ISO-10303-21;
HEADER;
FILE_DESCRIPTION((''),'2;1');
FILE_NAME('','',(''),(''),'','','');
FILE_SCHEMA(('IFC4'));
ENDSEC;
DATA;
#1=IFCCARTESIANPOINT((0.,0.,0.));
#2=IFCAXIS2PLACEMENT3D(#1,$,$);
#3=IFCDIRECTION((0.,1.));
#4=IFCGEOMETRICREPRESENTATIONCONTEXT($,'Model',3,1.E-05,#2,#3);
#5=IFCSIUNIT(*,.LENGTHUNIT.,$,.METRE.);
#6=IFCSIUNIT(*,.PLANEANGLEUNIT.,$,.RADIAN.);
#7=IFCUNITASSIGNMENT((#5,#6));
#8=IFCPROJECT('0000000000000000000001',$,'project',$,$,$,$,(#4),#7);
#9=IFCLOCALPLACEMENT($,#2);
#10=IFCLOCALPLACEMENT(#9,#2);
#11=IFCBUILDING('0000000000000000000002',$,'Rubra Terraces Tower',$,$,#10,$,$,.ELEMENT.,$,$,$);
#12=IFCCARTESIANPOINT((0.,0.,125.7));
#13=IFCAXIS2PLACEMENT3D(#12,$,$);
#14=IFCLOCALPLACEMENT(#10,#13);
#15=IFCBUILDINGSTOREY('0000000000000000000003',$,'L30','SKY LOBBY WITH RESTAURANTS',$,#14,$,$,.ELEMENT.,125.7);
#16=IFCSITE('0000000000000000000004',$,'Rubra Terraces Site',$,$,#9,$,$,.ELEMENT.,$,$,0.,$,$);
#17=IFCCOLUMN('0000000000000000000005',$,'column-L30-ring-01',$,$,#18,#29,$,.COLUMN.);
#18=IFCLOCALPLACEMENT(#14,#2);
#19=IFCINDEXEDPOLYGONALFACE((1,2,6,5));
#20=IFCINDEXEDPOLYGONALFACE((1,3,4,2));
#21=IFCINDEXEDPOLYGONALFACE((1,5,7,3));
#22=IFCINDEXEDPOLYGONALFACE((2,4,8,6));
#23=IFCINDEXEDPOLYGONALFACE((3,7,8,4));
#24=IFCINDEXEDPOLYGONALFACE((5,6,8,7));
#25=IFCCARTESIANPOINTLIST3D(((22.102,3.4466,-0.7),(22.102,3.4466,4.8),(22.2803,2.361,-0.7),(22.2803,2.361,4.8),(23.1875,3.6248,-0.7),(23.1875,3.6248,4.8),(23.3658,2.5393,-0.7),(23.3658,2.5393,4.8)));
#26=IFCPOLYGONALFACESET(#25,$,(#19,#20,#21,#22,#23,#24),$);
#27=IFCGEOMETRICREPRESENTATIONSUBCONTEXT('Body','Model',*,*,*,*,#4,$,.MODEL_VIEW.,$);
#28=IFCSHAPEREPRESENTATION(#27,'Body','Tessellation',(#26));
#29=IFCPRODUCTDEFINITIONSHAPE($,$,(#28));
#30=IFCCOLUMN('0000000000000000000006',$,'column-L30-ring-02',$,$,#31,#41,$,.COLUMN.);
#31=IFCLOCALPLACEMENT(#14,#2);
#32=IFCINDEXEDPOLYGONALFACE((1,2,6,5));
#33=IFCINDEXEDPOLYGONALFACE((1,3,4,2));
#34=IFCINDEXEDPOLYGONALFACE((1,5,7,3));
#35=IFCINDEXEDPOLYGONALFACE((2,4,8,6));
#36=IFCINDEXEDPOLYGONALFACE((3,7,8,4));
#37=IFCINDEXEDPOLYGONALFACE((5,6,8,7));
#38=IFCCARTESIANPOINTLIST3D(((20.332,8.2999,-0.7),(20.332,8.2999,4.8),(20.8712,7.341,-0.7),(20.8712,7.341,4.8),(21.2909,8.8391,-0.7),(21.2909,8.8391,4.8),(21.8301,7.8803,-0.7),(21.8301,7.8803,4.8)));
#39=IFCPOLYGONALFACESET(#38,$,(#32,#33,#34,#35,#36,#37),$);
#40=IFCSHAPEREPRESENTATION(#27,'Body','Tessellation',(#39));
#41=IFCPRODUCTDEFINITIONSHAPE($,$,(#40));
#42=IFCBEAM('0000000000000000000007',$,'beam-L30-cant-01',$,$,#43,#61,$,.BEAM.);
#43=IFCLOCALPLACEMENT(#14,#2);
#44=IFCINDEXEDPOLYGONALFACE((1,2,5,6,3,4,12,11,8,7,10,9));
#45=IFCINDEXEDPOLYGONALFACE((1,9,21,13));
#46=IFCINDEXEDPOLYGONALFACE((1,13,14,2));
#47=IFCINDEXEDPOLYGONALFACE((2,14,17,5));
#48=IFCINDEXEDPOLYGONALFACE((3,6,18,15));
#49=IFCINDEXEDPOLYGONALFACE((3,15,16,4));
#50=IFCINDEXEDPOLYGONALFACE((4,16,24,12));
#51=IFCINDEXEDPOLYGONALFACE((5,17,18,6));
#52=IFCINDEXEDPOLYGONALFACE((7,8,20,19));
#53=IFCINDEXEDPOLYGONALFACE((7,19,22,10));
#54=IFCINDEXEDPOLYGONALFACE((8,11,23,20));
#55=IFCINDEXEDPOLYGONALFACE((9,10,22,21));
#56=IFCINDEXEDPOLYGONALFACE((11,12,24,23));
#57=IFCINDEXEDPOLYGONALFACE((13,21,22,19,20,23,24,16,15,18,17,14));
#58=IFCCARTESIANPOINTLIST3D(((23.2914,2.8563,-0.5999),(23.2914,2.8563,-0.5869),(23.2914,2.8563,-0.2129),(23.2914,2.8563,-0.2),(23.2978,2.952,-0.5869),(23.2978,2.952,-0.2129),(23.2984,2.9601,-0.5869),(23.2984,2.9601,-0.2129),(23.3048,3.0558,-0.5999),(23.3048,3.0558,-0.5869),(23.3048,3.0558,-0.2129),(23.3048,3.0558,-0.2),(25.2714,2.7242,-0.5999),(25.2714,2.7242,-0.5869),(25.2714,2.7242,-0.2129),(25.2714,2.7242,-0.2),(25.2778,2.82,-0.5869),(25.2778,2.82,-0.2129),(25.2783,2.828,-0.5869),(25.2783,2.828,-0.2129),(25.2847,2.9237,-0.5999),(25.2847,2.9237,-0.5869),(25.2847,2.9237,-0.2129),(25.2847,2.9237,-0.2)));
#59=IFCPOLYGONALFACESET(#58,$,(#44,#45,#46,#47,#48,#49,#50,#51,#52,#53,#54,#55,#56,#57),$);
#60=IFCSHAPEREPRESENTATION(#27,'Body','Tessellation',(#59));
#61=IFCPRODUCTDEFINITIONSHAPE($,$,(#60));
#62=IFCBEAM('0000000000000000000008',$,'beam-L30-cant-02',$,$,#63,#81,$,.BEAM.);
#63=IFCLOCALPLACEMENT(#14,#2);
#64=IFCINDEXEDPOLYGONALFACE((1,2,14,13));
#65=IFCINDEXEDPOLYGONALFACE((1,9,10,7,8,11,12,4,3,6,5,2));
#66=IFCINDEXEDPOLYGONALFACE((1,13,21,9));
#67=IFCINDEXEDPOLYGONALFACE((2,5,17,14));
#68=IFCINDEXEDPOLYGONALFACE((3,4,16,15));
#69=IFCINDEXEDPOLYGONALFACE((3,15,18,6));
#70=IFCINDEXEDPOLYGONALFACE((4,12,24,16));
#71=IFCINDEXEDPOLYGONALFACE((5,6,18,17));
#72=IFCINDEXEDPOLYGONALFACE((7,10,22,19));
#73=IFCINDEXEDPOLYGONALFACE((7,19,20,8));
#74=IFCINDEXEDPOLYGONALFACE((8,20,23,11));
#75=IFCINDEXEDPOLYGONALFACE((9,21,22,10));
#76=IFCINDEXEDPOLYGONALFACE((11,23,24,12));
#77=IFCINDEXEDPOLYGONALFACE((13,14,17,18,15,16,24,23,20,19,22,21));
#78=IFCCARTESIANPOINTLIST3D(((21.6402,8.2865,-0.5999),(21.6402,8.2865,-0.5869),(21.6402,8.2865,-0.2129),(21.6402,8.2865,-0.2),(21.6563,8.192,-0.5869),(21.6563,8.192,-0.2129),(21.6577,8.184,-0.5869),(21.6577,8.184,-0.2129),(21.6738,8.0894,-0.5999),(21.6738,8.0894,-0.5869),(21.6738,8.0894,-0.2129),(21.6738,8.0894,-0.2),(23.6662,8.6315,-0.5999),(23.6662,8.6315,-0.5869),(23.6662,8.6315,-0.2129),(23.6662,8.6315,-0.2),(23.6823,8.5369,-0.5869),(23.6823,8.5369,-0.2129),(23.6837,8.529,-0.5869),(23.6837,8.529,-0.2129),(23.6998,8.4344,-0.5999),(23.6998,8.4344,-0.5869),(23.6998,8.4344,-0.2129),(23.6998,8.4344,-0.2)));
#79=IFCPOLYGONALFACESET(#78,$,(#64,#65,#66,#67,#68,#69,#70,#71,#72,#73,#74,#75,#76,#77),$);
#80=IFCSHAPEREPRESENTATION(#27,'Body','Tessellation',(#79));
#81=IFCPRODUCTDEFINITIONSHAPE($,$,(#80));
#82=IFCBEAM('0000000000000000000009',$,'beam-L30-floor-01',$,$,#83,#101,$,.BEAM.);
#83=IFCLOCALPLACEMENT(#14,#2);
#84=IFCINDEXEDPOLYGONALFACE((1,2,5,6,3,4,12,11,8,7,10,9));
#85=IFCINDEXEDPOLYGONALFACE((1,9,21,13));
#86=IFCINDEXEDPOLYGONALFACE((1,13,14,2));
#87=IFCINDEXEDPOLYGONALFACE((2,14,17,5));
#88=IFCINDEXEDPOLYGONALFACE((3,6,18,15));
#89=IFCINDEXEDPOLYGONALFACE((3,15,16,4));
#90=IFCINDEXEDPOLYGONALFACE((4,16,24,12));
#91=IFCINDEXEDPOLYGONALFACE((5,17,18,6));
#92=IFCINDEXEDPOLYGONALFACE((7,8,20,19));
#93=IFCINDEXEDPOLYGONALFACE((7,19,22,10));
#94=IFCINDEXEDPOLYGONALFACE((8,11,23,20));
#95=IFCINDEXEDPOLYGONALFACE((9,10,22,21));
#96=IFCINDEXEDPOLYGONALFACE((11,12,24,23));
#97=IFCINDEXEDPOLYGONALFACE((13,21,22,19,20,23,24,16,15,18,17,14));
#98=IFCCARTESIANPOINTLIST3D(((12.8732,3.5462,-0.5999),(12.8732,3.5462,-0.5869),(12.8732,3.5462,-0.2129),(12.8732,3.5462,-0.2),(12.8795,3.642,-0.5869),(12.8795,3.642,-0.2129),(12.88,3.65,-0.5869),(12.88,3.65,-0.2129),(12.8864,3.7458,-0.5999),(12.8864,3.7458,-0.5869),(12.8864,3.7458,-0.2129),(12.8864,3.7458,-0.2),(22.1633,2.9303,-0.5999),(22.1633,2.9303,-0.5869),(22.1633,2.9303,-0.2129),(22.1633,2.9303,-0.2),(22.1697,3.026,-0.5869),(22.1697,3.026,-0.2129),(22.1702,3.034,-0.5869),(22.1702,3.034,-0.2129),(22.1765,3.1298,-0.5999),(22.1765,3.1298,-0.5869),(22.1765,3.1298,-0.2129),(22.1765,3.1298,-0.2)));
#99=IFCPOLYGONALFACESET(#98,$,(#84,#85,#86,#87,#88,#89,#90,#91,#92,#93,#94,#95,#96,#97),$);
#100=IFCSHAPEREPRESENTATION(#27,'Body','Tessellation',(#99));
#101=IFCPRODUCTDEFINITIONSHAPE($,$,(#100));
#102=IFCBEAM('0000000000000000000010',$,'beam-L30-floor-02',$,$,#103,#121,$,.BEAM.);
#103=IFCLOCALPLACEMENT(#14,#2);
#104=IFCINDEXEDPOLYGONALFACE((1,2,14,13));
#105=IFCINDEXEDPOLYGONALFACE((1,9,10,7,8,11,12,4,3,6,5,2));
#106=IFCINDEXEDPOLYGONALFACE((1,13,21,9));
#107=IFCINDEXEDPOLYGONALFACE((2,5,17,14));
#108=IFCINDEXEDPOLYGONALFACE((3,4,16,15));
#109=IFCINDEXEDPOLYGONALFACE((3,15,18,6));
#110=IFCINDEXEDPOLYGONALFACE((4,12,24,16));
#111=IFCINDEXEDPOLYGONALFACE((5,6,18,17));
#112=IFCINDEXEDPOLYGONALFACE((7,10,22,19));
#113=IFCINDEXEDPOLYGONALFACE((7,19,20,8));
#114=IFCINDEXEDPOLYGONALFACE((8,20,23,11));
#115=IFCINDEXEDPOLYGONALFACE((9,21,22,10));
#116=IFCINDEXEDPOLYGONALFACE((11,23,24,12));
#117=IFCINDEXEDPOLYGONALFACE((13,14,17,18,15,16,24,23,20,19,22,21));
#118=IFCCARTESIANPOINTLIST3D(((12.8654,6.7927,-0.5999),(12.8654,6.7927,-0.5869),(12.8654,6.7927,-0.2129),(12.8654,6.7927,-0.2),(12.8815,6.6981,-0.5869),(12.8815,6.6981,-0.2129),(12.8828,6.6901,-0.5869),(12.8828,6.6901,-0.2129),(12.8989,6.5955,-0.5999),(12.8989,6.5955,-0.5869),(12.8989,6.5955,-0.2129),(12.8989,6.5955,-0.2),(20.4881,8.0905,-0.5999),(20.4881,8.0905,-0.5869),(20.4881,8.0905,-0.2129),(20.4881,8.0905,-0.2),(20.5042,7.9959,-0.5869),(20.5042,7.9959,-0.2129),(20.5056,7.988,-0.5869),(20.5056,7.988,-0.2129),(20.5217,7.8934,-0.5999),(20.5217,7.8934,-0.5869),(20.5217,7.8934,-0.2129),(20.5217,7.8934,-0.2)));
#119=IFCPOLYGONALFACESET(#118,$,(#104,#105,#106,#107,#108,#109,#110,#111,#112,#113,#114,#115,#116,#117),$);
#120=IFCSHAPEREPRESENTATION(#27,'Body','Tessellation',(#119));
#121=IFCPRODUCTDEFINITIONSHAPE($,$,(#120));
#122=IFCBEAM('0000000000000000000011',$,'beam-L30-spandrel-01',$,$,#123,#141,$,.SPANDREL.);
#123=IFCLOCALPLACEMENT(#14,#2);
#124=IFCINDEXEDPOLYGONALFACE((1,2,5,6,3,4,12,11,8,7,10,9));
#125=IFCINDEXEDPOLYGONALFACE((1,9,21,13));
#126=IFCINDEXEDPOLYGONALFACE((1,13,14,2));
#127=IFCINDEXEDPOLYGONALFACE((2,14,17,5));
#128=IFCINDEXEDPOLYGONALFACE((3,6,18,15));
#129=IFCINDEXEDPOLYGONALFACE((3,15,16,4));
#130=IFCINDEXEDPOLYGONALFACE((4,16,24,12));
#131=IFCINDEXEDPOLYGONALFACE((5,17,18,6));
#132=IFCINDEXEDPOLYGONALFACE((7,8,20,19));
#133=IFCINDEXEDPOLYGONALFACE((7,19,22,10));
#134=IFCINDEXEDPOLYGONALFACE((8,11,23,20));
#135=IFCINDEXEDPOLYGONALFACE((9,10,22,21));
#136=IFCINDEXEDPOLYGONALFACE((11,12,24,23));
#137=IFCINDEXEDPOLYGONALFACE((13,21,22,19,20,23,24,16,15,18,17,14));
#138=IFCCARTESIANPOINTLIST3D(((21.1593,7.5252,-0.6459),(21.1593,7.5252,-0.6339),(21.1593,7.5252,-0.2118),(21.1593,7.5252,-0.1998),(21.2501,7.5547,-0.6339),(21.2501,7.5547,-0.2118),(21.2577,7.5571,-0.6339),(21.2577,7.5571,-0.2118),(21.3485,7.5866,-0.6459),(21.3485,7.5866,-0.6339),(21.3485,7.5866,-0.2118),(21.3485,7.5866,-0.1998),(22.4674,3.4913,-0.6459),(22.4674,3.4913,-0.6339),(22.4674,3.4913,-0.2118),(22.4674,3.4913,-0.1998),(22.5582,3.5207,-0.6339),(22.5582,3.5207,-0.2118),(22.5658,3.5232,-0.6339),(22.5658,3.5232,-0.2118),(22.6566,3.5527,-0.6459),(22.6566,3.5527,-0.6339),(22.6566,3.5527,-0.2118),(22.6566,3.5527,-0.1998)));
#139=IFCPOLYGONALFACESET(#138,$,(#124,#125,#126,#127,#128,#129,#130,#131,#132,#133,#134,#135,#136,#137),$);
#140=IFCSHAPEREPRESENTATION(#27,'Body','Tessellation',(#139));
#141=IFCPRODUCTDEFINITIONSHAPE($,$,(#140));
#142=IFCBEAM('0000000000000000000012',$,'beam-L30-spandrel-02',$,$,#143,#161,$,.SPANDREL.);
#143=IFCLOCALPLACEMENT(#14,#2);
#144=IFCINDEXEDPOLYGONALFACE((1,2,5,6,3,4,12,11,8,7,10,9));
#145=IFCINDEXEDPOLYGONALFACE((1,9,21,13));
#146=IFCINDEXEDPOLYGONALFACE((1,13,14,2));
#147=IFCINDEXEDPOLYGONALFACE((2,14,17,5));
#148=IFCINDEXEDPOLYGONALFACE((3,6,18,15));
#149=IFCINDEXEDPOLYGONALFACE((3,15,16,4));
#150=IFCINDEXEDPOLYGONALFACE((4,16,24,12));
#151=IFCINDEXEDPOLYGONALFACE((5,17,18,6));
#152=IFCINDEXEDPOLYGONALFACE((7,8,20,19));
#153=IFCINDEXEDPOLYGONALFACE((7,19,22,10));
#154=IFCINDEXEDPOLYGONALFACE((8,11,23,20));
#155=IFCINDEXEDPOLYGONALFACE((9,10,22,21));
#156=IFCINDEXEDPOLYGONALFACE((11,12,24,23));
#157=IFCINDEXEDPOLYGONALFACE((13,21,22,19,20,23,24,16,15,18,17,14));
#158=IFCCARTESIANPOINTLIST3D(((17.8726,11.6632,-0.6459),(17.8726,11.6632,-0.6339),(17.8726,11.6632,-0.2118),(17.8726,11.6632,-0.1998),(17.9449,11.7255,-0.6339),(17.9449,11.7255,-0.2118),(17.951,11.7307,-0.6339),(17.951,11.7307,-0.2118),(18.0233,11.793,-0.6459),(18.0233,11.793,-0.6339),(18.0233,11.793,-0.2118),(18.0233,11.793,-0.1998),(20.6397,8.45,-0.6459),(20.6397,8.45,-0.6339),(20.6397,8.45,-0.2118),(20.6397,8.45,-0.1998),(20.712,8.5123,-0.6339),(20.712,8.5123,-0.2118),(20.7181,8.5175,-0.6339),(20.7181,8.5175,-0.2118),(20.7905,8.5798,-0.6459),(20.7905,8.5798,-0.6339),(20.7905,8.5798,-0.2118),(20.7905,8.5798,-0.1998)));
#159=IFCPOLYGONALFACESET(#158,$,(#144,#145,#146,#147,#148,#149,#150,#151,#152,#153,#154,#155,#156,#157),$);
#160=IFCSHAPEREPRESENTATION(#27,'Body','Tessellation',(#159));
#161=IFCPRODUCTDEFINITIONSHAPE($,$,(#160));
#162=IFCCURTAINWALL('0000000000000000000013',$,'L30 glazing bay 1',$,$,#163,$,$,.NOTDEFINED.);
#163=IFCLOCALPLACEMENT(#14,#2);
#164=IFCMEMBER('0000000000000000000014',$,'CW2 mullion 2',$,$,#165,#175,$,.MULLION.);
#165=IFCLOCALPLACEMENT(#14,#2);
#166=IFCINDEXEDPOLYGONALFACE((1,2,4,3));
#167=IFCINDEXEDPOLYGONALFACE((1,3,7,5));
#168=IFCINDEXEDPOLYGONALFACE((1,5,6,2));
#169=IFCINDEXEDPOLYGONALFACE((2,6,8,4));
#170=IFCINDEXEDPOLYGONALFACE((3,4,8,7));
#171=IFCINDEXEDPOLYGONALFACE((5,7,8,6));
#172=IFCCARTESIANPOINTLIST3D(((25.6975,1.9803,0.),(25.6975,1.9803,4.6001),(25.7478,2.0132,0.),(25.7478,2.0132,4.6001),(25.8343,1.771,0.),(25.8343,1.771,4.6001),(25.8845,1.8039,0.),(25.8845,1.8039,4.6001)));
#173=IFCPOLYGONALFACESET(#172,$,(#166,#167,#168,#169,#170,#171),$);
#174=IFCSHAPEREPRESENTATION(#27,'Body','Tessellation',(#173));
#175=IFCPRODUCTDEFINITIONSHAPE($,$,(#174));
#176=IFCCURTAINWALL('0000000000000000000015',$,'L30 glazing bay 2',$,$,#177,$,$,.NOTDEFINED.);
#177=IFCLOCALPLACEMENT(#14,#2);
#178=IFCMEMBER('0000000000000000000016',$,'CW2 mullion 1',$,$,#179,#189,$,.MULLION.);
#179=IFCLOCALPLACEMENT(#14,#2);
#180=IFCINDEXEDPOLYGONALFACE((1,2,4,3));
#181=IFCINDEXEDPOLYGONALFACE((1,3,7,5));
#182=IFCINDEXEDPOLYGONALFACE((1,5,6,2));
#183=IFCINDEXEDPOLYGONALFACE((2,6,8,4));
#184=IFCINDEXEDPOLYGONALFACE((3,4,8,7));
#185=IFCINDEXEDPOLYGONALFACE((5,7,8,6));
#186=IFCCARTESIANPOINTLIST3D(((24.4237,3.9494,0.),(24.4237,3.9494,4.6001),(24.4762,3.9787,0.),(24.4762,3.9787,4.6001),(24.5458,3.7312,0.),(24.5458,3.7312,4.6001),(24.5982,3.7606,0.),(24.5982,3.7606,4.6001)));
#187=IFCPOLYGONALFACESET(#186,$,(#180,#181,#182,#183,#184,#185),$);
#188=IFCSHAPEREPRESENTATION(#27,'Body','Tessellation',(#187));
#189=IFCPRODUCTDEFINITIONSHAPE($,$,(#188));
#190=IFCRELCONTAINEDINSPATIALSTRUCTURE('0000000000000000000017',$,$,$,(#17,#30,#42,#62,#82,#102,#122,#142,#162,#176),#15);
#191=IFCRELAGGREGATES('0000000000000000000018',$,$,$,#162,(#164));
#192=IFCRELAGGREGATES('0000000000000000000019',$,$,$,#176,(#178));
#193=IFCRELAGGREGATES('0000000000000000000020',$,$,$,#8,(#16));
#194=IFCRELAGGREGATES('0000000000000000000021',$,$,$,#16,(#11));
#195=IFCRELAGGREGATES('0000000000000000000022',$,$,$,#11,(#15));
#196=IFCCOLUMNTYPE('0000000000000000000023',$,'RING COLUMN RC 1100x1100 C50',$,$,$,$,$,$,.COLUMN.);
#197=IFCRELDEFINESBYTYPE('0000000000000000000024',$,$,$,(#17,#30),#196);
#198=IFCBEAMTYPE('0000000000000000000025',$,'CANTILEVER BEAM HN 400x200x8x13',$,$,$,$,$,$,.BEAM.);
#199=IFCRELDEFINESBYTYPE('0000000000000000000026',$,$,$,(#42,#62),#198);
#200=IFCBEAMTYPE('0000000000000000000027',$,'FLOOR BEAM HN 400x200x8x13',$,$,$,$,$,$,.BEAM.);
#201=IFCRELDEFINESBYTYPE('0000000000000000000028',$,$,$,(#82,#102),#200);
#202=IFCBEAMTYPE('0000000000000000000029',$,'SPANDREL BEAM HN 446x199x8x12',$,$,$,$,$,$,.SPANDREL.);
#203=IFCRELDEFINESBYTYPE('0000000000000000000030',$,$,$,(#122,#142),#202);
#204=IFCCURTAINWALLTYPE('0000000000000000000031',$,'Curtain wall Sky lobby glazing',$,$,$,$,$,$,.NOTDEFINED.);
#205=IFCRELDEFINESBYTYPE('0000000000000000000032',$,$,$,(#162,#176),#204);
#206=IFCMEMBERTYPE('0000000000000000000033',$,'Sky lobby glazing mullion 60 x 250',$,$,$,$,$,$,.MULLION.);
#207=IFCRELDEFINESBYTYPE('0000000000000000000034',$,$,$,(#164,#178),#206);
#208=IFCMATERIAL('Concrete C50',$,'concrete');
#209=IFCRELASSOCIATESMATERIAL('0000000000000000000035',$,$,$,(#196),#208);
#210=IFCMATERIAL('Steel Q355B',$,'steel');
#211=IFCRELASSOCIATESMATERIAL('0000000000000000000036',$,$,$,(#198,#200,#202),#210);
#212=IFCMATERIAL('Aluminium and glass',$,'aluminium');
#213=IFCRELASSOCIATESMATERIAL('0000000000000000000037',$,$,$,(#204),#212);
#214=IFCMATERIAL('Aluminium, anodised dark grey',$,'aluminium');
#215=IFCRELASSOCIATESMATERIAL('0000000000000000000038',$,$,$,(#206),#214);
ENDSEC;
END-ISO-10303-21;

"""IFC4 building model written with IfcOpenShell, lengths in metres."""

from ifc_helpers import new_model, si_unit, direction, frame, origin, origin_2d, place, context, subcontext, project, spatial, rectangle, i_section, extrude, material, material_profile, profile_set, type_object, element, aggregate, save


model = new_model("IFC4")

# Units and contexts
model_context = context("Model", 3, precision=1e-05, world=origin(), true_north=direction((0.0, 1.0)))
body_context = subcontext(model_context, "Body", "Model", "MODEL_VIEW")
ifc_project = project(units=[si_unit("LENGTHUNIT", "METRE"), si_unit("PLANEANGLEUNIT", "RADIAN")], contexts=[model_context])

# Site, building, storey
site_placement = place(None, origin())
site = spatial("IfcSite", under=ifc_project, at=site_placement, Name="Rubra Terraces Site", CompositionType="ELEMENT", RefElevation=0.0)
building_placement = place(site_placement, origin())
building = spatial("IfcBuilding", under=site, at=building_placement, Name="Rubra Terraces Tower", CompositionType="ELEMENT")
storey_placement = place(building_placement, frame((0.0, 0.0, 125.7)))
storey = spatial("IfcBuildingStorey", under=building, at=storey_placement, Name="L30", Description="SKY LOBBY WITH RESTAURANTS", CompositionType="ELEMENT", Elevation=125.7)

# Columns
ifc_material_1 = material(Name="Concrete C50", Category="concrete")
ifc_material_profile_1 = material_profile(ifc_material_1, rectangle(XDim=1.1001, YDim=1.1001, at=origin_2d()), Name="RC 1100x1100")
ifc_profile_set_1 = profile_set([ifc_material_profile_1], Name="Concrete C50")
column_type = type_object("IfcColumnType", Name="RING COLUMN RC 1100x1100 C50", PredefinedType="COLUMN", material=ifc_profile_set_1)
for number, where, z_axis, x_axis, name in (
    (1, (22.7339, 2.9929, -0.7), (0.0, 0.0, 1.0), (-0.162062, 0.986781, 0.0), "column-L30-ring-01"),
    (2, (21.0811, 8.0901, -0.7), (0.0, 0.0, 1.0), (-0.490162, 0.871631, 0.0), "column-L30-ring-02"),
):
    element("IfcColumn", number, at=place(storey_placement, frame(where, z_axis=z_axis, x_axis=x_axis)), inside=storey, type_object=column_type, Name=name, PredefinedType="COLUMN", context=body_context, shape_type="SweptSolid", body=[
        extrude(rectangle(XDim=1.1001, YDim=1.1001, at=origin_2d()), origin(), (0.0, 0.0, 1.0), 5.5),
    ])

# Beams
ifc_material_2 = material(Name="Steel Q355B", Category="steel")
ifc_material_profile_2 = material_profile(ifc_material_2, i_section(OverallWidth=0.2, OverallDepth=0.3999, WebThickness=0.0081, FlangeThickness=0.0129, at=origin_2d()), Name="HN 400x200x8x13")
ifc_profile_set_2 = profile_set([ifc_material_profile_2], Name="Steel Q355B")
beam_type_1 = type_object("IfcBeamType", Name="CANTILEVER BEAM HN 400x200x8x13", PredefinedType="BEAM", material=ifc_profile_set_2)
beam_1_placement = place(storey_placement, frame((23.2981, 2.9561, -0.3999), z_axis=(0.997782, -0.06656, 0.0), x_axis=(0.06656, 0.997782, 0.0)))
element("IfcBeam", 3, at=beam_1_placement, inside=storey, type_object=beam_type_1, Name="beam-L30-cant-01", PredefinedType="BEAM", context=body_context, shape_type="SweptSolid", body=[
    extrude(i_section(OverallWidth=0.2, OverallDepth=0.3999, WebThickness=0.0081, FlangeThickness=0.0129, at=origin_2d()), origin(), (0.0, 0.0, 1.0), 1.9844),
])
beam_2_placement = place(storey_placement, frame((21.657, 8.188, -0.3999), z_axis=(0.985813, 0.167846, 0.0), x_axis=(-0.167846, 0.985813, 0.0)))
element("IfcBeam", 4, at=beam_2_placement, inside=storey, type_object=beam_type_1, Name="beam-L30-cant-02", PredefinedType="BEAM", context=body_context, shape_type="SweptSolid", body=[
    extrude(i_section(OverallWidth=0.2, OverallDepth=0.3999, WebThickness=0.0081, FlangeThickness=0.0129, at=origin_2d()), origin(), (0.0, 0.0, 1.0), 2.0552),
])
ifc_material_profile_3 = material_profile(ifc_material_2, i_section(OverallWidth=0.2, OverallDepth=0.3999, WebThickness=0.0081, FlangeThickness=0.0129, at=origin_2d()), Name="HN 400x200x8x13")
ifc_profile_set_3 = profile_set([ifc_material_profile_3], Name="Steel Q355B")
beam_type_2 = type_object("IfcBeamType", Name="FLOOR BEAM HN 400x200x8x13", PredefinedType="BEAM", material=ifc_profile_set_3)
beam_3_placement = place(storey_placement, frame((22.1699, 3.03, -0.3999), z_axis=(-0.997809, 0.066159, 0.0), x_axis=(-0.066159, -0.997809, 0.0)))
element("IfcBeam", 5, at=beam_3_placement, inside=storey, type_object=beam_type_2, Name="beam-L30-floor-01", PredefinedType="BEAM", context=body_context, shape_type="SweptSolid", body=[
    extrude(i_section(OverallWidth=0.2, OverallDepth=0.3999, WebThickness=0.0081, FlangeThickness=0.0129, at=origin_2d()), origin(), (0.0, 0.0, 1.0), 9.3105),
])
beam_4_placement = place(storey_placement, frame((20.5049, 7.9919, -0.3999), z_axis=(-0.985814, -0.167844, 0.0), x_axis=(0.167844, -0.985814, 0.0)))
element("IfcBeam", 6, at=beam_4_placement, inside=storey, type_object=beam_type_2, Name="beam-L30-floor-02", PredefinedType="BEAM", context=body_context, shape_type="SweptSolid", body=[
    extrude(i_section(OverallWidth=0.2, OverallDepth=0.3999, WebThickness=0.0081, FlangeThickness=0.0129, at=origin_2d()), origin(), (0.0, 0.0, 1.0), 7.7324),
])
ifc_material_profile_4 = material_profile(ifc_material_2, i_section(OverallWidth=0.199, OverallDepth=0.446, WebThickness=0.0081, FlangeThickness=0.012, at=origin_2d()), Name="HN 446x199x8x12")
ifc_profile_set_4 = profile_set([ifc_material_profile_4], Name="Steel Q355B")
beam_type_3 = type_object("IfcBeamType", Name="SPANDREL BEAM HN 446x199x8x12", PredefinedType="SPANDREL", material=ifc_profile_set_4)
beam_5_placement = place(storey_placement, frame((22.562, 3.522, -0.4229), z_axis=(-0.308462, 0.951237, 0.0), x_axis=(-0.951237, -0.308462, 0.0)))
element("IfcBeam", 7, at=beam_5_placement, inside=storey, type_object=beam_type_3, Name="beam-L30-spandrel-01", PredefinedType="SPANDREL", context=body_context, shape_type="SweptSolid", body=[
    extrude(i_section(OverallWidth=0.199, OverallDepth=0.446, WebThickness=0.0081, FlangeThickness=0.012, at=origin_2d()), origin(), (0.0, 0.0, 1.0), 4.2407),
])
beam_6_placement = place(storey_placement, frame((20.7151, 8.5149, -0.4229), z_axis=(-0.652553, 0.757743, 0.0), x_axis=(-0.757743, -0.652553, 0.0)))
element("IfcBeam", 8, at=beam_6_placement, inside=storey, type_object=beam_type_3, Name="beam-L30-spandrel-02", PredefinedType="SPANDREL", context=body_context, shape_type="SweptSolid", body=[
    extrude(i_section(OverallWidth=0.199, OverallDepth=0.446, WebThickness=0.0081, FlangeThickness=0.012, at=origin_2d()), origin(), (0.0, 0.0, 1.0), 4.2405),
])

# Curtain walls, members
ifc_material_3 = material(Name="Aluminium and glass", Category="aluminium")
curtain_wall_type = type_object("IfcCurtainWallType", Name="Curtain wall Sky lobby glazing", PredefinedType="NOTDEFINED", material=ifc_material_3)
curtain_wall_1_placement = place(storey_placement, origin())
curtain_wall_1 = element("IfcCurtainWall", 9, at=curtain_wall_1_placement, inside=storey, type_object=curtain_wall_type, Name="L30 glazing bay 1", PredefinedType="NOTDEFINED")
ifc_material_4 = material(Name="Aluminium, anodised dark grey", Category="aluminium")
ifc_material_profile_5 = material_profile(ifc_material_4, rectangle(XDim=0.0601, YDim=0.25, at=origin_2d()), Name="AL 60x250")
ifc_profile_set_5 = profile_set([ifc_material_profile_5], Name="Aluminium, anodised dark grey")
member_type_1 = type_object("IfcMemberType", Name="Sky lobby glazing mullion 60 x 250", PredefinedType="MULLION", material=ifc_profile_set_5)
member_1_placement = place(storey_placement, frame((25.791, 1.8921, 0.0), z_axis=(0.0, 0.0, 1.0), x_axis=(-0.837102, -0.547047, 0.0)))
member_1 = element("IfcMember", 10, at=member_1_placement, type_object=member_type_1, Name="CW2 mullion 2", PredefinedType="MULLION", context=body_context, shape_type="SweptSolid", body=[
    extrude(rectangle(XDim=0.0601, YDim=0.25, at=origin_2d()), origin(), (0.0, 0.0, 1.0), 4.6001),
])
curtain_wall_2_placement = place(storey_placement, origin())
curtain_wall_2 = element("IfcCurtainWall", 11, at=curtain_wall_2_placement, inside=storey, type_object=curtain_wall_type, Name="L30 glazing bay 2", PredefinedType="NOTDEFINED")
member_2_placement = place(storey_placement, frame((24.511, 3.855, 0.0), z_axis=(0.0, 0.0, 1.0), x_axis=(-0.872669, -0.488313, 0.0)))
member_2 = element("IfcMember", 12, at=member_2_placement, type_object=member_type_1, Name="CW2 mullion 1", PredefinedType="MULLION", context=body_context, shape_type="SweptSolid", body=[
    extrude(rectangle(XDim=0.0601, YDim=0.25, at=origin_2d()), origin(), (0.0, 0.0, 1.0), 4.6001),
])

aggregate(curtain_wall_1, [member_1])
aggregate(curtain_wall_2, [member_2])

save(model, "model.ifc")
